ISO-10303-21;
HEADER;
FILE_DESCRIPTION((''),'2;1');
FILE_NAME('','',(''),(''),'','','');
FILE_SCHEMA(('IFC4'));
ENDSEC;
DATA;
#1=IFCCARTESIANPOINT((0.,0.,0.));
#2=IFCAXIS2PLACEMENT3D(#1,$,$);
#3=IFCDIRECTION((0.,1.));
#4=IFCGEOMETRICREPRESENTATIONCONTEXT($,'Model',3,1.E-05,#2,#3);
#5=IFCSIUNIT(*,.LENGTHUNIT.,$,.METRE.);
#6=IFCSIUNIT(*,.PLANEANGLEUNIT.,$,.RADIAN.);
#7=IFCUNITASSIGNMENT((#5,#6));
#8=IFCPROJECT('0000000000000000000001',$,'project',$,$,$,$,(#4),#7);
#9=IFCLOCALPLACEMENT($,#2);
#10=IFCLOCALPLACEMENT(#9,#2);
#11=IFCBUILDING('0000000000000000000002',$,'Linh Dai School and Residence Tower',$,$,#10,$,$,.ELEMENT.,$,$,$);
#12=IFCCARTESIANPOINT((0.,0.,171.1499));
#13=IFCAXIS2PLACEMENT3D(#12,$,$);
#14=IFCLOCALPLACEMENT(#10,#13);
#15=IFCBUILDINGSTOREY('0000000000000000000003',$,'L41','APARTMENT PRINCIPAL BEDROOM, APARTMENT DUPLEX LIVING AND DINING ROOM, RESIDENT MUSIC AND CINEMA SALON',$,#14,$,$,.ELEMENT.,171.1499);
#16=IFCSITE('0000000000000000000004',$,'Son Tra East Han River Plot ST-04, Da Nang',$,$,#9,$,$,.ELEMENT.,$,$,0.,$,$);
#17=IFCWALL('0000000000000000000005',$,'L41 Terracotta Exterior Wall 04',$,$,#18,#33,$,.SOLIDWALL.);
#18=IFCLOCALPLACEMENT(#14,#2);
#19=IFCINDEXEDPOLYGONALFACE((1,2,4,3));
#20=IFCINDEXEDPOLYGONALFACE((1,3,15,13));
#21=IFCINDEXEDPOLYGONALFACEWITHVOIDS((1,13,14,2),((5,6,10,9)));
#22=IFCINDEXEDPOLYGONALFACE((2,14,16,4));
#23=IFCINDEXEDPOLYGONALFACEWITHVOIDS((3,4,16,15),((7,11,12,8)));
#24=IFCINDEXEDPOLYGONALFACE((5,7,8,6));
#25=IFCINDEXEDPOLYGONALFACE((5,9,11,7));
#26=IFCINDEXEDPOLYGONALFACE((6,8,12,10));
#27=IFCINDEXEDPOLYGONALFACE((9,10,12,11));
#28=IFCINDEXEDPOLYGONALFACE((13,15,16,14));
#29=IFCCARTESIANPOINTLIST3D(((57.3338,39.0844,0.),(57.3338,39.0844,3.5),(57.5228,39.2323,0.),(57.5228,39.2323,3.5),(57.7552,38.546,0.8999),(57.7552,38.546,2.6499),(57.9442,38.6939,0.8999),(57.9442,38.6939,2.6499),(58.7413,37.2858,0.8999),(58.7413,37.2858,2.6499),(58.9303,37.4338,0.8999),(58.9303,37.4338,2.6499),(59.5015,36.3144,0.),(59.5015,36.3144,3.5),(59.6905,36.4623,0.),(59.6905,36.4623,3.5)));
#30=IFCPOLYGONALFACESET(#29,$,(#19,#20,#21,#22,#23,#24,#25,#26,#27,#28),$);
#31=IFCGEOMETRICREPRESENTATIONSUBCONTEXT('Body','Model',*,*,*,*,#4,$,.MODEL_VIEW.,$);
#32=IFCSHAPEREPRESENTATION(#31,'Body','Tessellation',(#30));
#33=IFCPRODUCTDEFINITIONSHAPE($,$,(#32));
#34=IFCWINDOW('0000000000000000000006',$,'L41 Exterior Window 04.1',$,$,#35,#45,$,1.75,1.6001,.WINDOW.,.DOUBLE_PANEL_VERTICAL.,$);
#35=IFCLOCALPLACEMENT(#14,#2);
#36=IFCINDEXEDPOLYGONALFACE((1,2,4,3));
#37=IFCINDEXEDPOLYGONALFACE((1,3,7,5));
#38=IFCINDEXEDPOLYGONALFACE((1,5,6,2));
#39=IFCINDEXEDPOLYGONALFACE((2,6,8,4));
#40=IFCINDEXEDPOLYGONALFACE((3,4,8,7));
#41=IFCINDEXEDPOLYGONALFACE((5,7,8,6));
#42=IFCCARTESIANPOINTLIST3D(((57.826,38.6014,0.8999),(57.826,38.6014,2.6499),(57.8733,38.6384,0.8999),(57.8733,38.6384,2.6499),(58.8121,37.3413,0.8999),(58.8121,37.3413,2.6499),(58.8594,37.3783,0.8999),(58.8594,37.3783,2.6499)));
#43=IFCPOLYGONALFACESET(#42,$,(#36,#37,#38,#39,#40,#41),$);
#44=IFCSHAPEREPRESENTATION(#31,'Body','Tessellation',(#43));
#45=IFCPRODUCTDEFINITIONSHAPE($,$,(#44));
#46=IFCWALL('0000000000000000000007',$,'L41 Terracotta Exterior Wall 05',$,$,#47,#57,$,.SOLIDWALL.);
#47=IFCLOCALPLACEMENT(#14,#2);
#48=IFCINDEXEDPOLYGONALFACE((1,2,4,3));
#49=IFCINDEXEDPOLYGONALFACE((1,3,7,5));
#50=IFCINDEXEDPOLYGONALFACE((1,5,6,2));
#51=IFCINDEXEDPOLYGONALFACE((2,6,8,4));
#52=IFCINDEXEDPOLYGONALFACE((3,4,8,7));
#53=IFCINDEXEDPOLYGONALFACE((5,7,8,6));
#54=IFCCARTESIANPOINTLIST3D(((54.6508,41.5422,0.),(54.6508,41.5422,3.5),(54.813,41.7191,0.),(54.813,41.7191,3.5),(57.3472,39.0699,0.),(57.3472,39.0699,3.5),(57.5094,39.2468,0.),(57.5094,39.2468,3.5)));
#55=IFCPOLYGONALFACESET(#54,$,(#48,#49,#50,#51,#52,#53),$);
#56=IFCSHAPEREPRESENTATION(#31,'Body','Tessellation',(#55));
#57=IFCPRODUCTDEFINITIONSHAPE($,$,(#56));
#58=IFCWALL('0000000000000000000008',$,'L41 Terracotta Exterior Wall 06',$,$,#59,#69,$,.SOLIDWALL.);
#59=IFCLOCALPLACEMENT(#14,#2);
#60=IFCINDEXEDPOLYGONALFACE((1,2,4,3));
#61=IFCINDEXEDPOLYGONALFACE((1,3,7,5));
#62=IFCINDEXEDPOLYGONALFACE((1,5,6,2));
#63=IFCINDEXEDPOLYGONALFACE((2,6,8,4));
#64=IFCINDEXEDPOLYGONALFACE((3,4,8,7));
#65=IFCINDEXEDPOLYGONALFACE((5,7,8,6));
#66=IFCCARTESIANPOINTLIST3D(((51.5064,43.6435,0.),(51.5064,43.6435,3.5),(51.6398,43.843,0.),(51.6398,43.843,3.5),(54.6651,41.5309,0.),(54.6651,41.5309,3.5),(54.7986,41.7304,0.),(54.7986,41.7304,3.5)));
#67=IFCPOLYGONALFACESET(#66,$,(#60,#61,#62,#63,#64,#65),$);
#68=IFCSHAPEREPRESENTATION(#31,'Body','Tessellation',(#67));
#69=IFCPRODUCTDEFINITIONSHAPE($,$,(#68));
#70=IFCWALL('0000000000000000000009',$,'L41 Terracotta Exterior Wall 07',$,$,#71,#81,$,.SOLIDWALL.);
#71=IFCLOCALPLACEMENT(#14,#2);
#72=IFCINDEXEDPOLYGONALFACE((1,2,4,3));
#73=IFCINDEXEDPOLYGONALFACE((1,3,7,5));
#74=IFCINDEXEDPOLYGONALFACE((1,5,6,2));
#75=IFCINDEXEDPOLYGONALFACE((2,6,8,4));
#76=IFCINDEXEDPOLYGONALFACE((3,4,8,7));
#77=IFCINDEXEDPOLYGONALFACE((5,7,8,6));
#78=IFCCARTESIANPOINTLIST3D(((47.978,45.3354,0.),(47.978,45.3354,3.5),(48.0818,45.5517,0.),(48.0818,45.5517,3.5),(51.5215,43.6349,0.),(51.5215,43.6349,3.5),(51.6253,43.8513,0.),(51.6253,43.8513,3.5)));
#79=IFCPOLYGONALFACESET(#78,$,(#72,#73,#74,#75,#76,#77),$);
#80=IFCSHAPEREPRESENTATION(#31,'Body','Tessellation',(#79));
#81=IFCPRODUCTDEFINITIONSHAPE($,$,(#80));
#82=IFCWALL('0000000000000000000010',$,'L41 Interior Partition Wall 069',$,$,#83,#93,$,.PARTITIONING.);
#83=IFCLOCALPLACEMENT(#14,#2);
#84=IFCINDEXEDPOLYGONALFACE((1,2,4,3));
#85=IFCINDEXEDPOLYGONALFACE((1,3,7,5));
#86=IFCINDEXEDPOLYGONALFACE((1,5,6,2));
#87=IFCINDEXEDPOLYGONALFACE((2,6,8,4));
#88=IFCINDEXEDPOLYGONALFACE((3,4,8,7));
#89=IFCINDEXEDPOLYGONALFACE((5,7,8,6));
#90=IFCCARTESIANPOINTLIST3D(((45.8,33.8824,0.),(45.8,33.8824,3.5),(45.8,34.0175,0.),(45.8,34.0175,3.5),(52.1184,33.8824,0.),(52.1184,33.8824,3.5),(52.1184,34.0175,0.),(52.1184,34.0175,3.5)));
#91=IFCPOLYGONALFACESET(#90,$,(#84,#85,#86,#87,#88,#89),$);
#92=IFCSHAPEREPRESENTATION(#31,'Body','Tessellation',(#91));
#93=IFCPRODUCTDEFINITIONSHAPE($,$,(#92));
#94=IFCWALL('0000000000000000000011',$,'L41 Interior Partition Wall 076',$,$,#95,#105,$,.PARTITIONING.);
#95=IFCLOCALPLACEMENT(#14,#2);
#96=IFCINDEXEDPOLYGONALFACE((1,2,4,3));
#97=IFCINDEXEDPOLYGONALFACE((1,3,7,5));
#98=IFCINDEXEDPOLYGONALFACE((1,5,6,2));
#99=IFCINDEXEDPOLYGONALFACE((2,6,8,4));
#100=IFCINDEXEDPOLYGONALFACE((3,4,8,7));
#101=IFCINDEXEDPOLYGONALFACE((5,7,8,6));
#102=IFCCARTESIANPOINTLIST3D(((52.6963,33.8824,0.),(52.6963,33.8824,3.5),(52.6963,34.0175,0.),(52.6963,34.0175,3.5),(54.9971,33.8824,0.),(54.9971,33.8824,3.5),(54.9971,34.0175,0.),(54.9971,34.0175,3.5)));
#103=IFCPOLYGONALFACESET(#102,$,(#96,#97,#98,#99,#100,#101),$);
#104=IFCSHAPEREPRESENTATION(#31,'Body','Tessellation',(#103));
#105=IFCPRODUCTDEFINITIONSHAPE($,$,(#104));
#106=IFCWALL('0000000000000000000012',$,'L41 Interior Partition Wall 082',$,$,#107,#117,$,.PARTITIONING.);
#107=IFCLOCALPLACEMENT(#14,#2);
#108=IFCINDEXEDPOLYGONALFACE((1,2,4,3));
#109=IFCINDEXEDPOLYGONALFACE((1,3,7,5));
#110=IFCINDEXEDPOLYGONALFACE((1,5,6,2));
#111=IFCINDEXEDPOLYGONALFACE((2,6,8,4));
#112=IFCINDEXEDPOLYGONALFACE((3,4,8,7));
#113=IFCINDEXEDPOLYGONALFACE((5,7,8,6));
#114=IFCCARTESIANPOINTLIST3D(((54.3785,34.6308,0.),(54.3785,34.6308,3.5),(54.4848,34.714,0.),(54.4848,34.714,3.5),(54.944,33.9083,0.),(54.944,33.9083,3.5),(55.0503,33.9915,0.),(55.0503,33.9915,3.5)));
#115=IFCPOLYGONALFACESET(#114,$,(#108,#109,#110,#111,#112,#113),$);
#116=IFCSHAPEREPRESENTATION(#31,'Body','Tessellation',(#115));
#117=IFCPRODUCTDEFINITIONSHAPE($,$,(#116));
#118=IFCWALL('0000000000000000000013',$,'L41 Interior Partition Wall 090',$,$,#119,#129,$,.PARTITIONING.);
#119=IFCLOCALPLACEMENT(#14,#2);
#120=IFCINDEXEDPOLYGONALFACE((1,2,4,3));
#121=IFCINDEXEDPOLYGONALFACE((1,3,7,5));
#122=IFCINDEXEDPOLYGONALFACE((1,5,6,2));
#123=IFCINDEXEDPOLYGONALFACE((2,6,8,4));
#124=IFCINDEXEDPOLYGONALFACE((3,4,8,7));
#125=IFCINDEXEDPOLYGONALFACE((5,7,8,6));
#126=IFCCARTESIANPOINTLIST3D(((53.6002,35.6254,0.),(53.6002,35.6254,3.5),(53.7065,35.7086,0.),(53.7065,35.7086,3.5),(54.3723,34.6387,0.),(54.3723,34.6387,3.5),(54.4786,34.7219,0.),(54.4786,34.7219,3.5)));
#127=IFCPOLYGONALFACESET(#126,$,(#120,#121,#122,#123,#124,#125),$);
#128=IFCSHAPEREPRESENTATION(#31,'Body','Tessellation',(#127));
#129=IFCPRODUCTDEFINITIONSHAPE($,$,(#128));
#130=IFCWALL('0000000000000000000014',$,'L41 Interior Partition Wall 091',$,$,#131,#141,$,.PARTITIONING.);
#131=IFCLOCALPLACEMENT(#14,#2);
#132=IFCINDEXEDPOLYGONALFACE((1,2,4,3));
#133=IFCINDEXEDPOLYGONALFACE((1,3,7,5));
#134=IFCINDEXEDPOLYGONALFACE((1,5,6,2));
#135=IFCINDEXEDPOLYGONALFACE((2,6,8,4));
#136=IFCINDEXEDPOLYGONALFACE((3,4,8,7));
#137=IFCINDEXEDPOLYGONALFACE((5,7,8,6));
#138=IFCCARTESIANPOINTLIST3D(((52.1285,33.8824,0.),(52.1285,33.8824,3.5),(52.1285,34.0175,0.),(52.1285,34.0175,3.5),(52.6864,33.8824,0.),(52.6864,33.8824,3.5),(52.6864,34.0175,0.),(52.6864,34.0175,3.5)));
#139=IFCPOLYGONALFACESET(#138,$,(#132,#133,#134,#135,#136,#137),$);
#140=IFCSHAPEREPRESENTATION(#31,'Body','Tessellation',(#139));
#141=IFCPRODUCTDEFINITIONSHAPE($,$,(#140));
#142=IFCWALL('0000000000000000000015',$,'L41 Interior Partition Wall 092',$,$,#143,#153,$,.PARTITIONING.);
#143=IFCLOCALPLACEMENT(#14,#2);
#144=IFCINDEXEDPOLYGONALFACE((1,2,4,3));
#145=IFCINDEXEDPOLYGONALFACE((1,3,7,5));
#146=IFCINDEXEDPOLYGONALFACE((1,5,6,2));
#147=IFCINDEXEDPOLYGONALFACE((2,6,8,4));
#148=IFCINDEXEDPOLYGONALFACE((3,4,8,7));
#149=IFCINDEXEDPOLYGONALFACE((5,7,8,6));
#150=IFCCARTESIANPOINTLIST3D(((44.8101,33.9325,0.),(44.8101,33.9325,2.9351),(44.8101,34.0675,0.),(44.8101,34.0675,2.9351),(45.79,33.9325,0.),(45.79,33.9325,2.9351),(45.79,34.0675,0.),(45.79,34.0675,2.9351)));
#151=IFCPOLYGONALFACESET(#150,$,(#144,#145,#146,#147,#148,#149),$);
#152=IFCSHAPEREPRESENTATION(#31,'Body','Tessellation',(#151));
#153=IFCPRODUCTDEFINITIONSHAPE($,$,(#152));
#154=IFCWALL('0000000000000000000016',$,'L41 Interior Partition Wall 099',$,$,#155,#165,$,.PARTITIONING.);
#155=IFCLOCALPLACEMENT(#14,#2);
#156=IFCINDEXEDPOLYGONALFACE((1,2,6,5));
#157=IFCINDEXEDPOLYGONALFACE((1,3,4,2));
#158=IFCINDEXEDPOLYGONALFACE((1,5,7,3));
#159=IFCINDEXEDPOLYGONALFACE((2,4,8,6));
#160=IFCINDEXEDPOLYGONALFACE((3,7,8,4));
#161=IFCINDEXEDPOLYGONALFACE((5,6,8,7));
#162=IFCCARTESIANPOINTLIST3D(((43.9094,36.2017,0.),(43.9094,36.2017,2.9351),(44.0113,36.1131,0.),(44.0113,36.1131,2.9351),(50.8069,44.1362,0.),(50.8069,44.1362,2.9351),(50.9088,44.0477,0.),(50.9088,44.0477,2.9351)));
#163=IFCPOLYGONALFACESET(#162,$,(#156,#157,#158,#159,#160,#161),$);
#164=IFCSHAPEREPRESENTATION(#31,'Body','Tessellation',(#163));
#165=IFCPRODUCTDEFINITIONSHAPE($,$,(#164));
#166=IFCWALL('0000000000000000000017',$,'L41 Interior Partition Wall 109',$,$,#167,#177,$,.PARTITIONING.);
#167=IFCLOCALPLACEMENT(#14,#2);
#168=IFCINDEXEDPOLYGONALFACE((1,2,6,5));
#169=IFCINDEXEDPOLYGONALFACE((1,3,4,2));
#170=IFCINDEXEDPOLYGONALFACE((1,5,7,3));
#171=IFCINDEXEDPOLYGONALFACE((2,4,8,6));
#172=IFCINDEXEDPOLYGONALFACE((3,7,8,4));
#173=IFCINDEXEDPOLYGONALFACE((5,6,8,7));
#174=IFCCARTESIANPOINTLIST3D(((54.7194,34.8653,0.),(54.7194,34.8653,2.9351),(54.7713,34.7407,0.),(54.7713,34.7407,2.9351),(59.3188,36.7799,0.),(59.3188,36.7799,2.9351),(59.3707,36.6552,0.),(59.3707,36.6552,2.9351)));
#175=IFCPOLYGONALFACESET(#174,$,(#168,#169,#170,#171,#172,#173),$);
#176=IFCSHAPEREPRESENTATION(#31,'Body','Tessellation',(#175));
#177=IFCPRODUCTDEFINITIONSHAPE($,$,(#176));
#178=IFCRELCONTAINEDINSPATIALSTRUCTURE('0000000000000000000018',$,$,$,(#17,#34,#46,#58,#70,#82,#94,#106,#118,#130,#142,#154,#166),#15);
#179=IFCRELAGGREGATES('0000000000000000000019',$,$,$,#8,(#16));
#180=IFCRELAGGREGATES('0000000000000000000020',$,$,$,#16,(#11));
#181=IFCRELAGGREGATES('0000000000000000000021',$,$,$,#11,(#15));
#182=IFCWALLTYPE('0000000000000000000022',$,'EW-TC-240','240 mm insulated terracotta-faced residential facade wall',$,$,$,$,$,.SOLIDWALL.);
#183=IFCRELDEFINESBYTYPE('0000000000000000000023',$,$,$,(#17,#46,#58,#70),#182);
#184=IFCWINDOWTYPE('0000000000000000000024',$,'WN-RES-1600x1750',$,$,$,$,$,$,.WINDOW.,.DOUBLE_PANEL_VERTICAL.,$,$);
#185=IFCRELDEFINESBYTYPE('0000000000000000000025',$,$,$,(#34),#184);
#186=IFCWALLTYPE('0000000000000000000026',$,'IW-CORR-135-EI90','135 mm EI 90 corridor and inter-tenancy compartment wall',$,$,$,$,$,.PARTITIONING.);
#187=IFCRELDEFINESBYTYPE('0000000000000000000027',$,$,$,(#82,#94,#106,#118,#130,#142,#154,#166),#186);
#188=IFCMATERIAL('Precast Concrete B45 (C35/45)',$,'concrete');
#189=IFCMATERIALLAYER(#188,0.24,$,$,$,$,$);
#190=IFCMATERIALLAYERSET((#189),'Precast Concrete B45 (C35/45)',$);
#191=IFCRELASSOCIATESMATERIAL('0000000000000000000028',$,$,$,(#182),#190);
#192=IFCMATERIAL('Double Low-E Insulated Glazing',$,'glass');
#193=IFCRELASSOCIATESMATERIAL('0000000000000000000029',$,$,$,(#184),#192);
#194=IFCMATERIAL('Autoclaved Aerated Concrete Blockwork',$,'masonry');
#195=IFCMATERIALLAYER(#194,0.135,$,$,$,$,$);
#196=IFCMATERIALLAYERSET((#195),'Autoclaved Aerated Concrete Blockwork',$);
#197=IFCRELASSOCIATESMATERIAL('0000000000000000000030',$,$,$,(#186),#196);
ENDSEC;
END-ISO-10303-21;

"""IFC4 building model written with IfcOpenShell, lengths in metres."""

from ifc_helpers import new_model, si_unit, direction, frame, frame_2d, origin, origin_2d, place, context, subcontext, project, spatial, rectangle, extrude, source, transform, mapped, material, layer, layer_set, type_object, element, fill, save


model = new_model("IFC4")

# Units and contexts
model_context = context("Model", 3, precision=1e-05, world=origin(), true_north=direction((0.0, 1.0)))
body_context = subcontext(model_context, "Body", "Model", "MODEL_VIEW")
ifc_project = project(units=[si_unit("LENGTHUNIT", "METRE"), si_unit("PLANEANGLEUNIT", "RADIAN")], contexts=[model_context])

# Site, building, storey
site_placement = place(None, origin())
site = spatial("IfcSite", under=ifc_project, at=site_placement, Name="Son Tra East Han River Plot ST-04, Da Nang", CompositionType="ELEMENT", RefElevation=0.0)
building_placement = place(site_placement, origin())
building = spatial("IfcBuilding", under=site, at=building_placement, Name="Linh Dai School and Residence Tower", CompositionType="ELEMENT")
storey_placement = place(building_placement, frame((0.0, 0.0, 171.1499)))
storey = spatial("IfcBuildingStorey", under=building, at=storey_placement, Name="L41", Description="APARTMENT PRINCIPAL BEDROOM, APARTMENT DUPLEX LIVING AND DINING ROOM, RESIDENT MUSIC AND CINEMA SALON", CompositionType="ELEMENT", Elevation=171.1499)

# Shared definitions
ifc_material_1 = material(Name="Precast Concrete B45 (C35/45)", Category="concrete")

# Shared definitions
ifc_layer_1 = layer(ifc_material_1, 0.24)
ifc_layer_set_1 = layer_set([ifc_layer_1], Name="Precast Concrete B45 (C35/45)")
wall_type_1 = type_object("IfcWallType", Name="EW-TC-240", Description="240 mm insulated terracotta-faced residential facade wall", PredefinedType="SOLIDWALL", material=ifc_layer_set_1)

# Wall, opening, window
wall_1_placement = place(storey_placement, frame((57.4282, 39.1584, 0.0), z_axis=(0.0, 0.0, 1.0), x_axis=(0.616288, -0.787521, 0.0)))
wall_1 = element("IfcWall", 1, at=wall_1_placement, inside=storey, type_object=wall_type_1, Name="L41 Terracotta Exterior Wall 04", PredefinedType="SOLIDWALL", context=body_context, shape_type="SweptSolid", body=[
    extrude(rectangle(XDim=3.5173, YDim=0.24, at=frame_2d((1.7588, 0.0))), origin(), (0.0, 0.0, 1.0), 3.5),
])
opening_placement = place(wall_1_placement, frame((0.6838, 0.0, 0.8999)))
opening = element("IfcOpeningElement", 2, at=opening_placement, cuts=wall_1, PredefinedType="OPENING", context=body_context, shape_type="SweptSolid", body=[
    extrude(rectangle(XDim=1.6001, YDim=1.75, at=origin_2d()), frame((0.8, 0.1299, 0.875), z_axis=(0.0, -1.0, 0.0), x_axis=(1.0, 0.0, 0.0)), (0.0, 0.0, 1.0), 0.26),
])
ifc_material_2 = material(Name="Double Low-E Insulated Glazing", Category="glass")
window_type = type_object("IfcWindowType", Name="WN-RES-1600x1750", PartitioningType="DOUBLE_PANEL_VERTICAL", PredefinedType="WINDOW", material=ifc_material_2)
shared_shape_1 = source(origin(), body_context, "Body", "SweptSolid", [
    extrude(rectangle(XDim=1.6001, YDim=1.75, at=origin_2d()), frame((0.8, 0.03, 0.875), z_axis=(0.0, -1.0, 0.0), x_axis=(1.0, 0.0, 0.0)), (0.0, 0.0, 1.0), 0.0601),
])
window_placement = place(opening_placement, origin())
window = element("IfcWindow", 3, at=window_placement, inside=storey, type_object=window_type, Name="L41 Exterior Window 04.1", OverallHeight=1.75, OverallWidth=1.6001, PartitioningType="DOUBLE_PANEL_VERTICAL", PredefinedType="WINDOW", context=body_context, shape_type="MappedRepresentation", body=[
    mapped(shared_shape_1, transform((0.0, 0.0, 0.0), x_axis=(1.0, 0.0, 0.0), y_axis=(0.0, 1.0, 0.0), z_axis=(0.0, 0.0, 1.0), scale=1.0)),
])
fill(opening, window)

# Walls
wall_2_placement = place(storey_placement, frame((54.7319, 41.6306, 0.0), z_axis=(0.0, 0.0, 1.0), x_axis=(0.737077, -0.675809, 0.0)))
element("IfcWall", 4, at=wall_2_placement, inside=storey, type_object=wall_type_1, Name="L41 Terracotta Exterior Wall 05", PredefinedType="SOLIDWALL", context=body_context, shape_type="SweptSolid", body=[
    extrude(rectangle(XDim=3.6582, YDim=0.24, at=frame_2d((1.8291, 0.0))), origin(), (0.0, 0.0, 1.0), 3.5),
])
wall_3_placement = place(storey_placement, frame((51.5732, 43.7432, 0.0), z_axis=(0.0, 0.0, 1.0), x_axis=(0.831229, -0.55593, 0.0)))
element("IfcWall", 5, at=wall_3_placement, inside=storey, type_object=wall_type_1, Name="L41 Terracotta Exterior Wall 06", PredefinedType="SOLIDWALL", context=body_context, shape_type="SweptSolid", body=[
    extrude(rectangle(XDim=3.8, YDim=0.24, at=frame_2d((1.8999, 0.0))), origin(), (0.0, 0.0, 1.0), 3.5),
])
wall_4_placement = place(storey_placement, frame((48.0298, 45.4436, 0.0), z_axis=(0.0, 0.0, 1.0), x_axis=(0.901565, -0.432644, 0.0)))
element("IfcWall", 6, at=wall_4_placement, inside=storey, type_object=wall_type_1, Name="L41 Terracotta Exterior Wall 07", PredefinedType="SOLIDWALL", context=body_context, shape_type="SweptSolid", body=[
    extrude(rectangle(XDim=3.9304, YDim=0.24, at=frame_2d((1.9653, 0.0))), origin(), (0.0, 0.0, 1.0), 3.5),
])
ifc_material_3 = material(Name="Autoclaved Aerated Concrete Blockwork", Category="masonry")
ifc_layer_2 = layer(ifc_material_3, 0.135)
ifc_layer_set_2 = layer_set([ifc_layer_2], Name="Autoclaved Aerated Concrete Blockwork")
wall_type_2 = type_object("IfcWallType", Name="IW-CORR-135-EI90", Description="135 mm EI 90 corridor and inter-tenancy compartment wall", PredefinedType="PARTITIONING", material=ifc_layer_set_2)
wall_5_placement = place(storey_placement, frame((45.8, 33.95, 0.0), z_axis=(0.0, 0.0, 1.0), x_axis=(1.0, 0.0, 0.0)))
element("IfcWall", 7, at=wall_5_placement, inside=storey, type_object=wall_type_2, Name="L41 Interior Partition Wall 069", PredefinedType="PARTITIONING", context=body_context, shape_type="SweptSolid", body=[
    extrude(rectangle(XDim=6.3184, YDim=0.135, at=frame_2d((3.1592, 0.0))), origin(), (0.0, 0.0, 1.0), 3.5),
])
wall_6_placement = place(storey_placement, frame((52.6963, 33.95, 0.0), z_axis=(0.0, 0.0, 1.0), x_axis=(1.0, 0.0, 0.0)))
element("IfcWall", 8, at=wall_6_placement, inside=storey, type_object=wall_type_2, Name="L41 Interior Partition Wall 076", PredefinedType="PARTITIONING", context=body_context, shape_type="SweptSolid", body=[
    extrude(rectangle(XDim=2.3008, YDim=0.135, at=frame_2d((1.1504, 0.0))), origin(), (0.0, 0.0, 1.0), 3.5),
])
wall_7_placement = place(storey_placement, frame((54.4316, 34.6724, 0.0), z_axis=(0.0, 0.0, 1.0), x_axis=(0.616351, -0.787471, 0.0)))
element("IfcWall", 9, at=wall_7_placement, inside=storey, type_object=wall_type_2, Name="L41 Interior Partition Wall 082", PredefinedType="PARTITIONING", context=body_context, shape_type="SweptSolid", body=[
    extrude(rectangle(XDim=0.9175, YDim=0.135, at=frame_2d((0.4587, 0.0))), origin(), (0.0, 0.0, 1.0), 3.5),
])
wall_8_placement = place(storey_placement, frame((53.6533, 35.667, 0.0), z_axis=(0.0, 0.0, 1.0), x_axis=(0.616271, -0.787534, 0.0)))
element("IfcWall", 10, at=wall_8_placement, inside=storey, type_object=wall_type_2, Name="L41 Interior Partition Wall 090", PredefinedType="PARTITIONING", context=body_context, shape_type="SweptSolid", body=[
    extrude(rectangle(XDim=1.2529, YDim=0.135, at=frame_2d((0.6265, 0.0))), origin(), (0.0, 0.0, 1.0), 3.5),
])
wall_9_placement = place(storey_placement, frame((52.6863, 33.95, 0.0), z_axis=(0.0, 0.0, 1.0), x_axis=(-1.0, 0.0, 0.0)))
element("IfcWall", 11, at=wall_9_placement, inside=storey, type_object=wall_type_2, Name="L41 Interior Partition Wall 091", PredefinedType="PARTITIONING", context=body_context, shape_type="SweptSolid", body=[
    extrude(rectangle(XDim=0.5579, YDim=0.135, at=frame_2d((0.2788, 0.0))), origin(), (0.0, 0.0, 1.0), 3.5),
])
wall_10_placement = place(storey_placement, frame((45.79, 34.0, 0.0), z_axis=(0.0, 0.0, 1.0), x_axis=(-1.0, 0.0, 0.0)))
element("IfcWall", 12, at=wall_10_placement, inside=storey, type_object=wall_type_2, Name="L41 Interior Partition Wall 092", PredefinedType="PARTITIONING", context=body_context, shape_type="SweptSolid", body=[
    extrude(rectangle(XDim=0.98, YDim=0.135, at=frame_2d((0.49, 0.0))), origin(), (0.0, 0.0, 1.0), 2.9351),
])
wall_11_placement = place(storey_placement, frame((50.8579, 44.092, 0.0), z_axis=(0.0, 0.0, 1.0), x_axis=(-0.656061, -0.754707, 0.0)))
element("IfcWall", 13, at=wall_11_placement, inside=storey, type_object=wall_type_2, Name="L41 Interior Partition Wall 099", PredefinedType="PARTITIONING", context=body_context, shape_type="SweptSolid", body=[
    extrude(rectangle(XDim=10.5134, YDim=0.135, at=frame_2d((5.2568, 0.0))), origin(), (0.0, 0.0, 1.0), 2.9351),
])
wall_12_placement = place(storey_placement, frame((54.7454, 34.803, 0.0), z_axis=(0.0, 0.0, 1.0), x_axis=(0.923209, 0.384299, 0.0)))
element("IfcWall", 14, at=wall_12_placement, inside=storey, type_object=wall_type_2, Name="L41 Interior Partition Wall 109", PredefinedType="PARTITIONING", context=body_context, shape_type="SweptSolid", body=[
    extrude(rectangle(XDim=4.9819, YDim=0.135, at=frame_2d((2.491, 0.0))), origin(), (0.0, 0.0, 1.0), 2.9351),
])

save(model, "model.ifc")
